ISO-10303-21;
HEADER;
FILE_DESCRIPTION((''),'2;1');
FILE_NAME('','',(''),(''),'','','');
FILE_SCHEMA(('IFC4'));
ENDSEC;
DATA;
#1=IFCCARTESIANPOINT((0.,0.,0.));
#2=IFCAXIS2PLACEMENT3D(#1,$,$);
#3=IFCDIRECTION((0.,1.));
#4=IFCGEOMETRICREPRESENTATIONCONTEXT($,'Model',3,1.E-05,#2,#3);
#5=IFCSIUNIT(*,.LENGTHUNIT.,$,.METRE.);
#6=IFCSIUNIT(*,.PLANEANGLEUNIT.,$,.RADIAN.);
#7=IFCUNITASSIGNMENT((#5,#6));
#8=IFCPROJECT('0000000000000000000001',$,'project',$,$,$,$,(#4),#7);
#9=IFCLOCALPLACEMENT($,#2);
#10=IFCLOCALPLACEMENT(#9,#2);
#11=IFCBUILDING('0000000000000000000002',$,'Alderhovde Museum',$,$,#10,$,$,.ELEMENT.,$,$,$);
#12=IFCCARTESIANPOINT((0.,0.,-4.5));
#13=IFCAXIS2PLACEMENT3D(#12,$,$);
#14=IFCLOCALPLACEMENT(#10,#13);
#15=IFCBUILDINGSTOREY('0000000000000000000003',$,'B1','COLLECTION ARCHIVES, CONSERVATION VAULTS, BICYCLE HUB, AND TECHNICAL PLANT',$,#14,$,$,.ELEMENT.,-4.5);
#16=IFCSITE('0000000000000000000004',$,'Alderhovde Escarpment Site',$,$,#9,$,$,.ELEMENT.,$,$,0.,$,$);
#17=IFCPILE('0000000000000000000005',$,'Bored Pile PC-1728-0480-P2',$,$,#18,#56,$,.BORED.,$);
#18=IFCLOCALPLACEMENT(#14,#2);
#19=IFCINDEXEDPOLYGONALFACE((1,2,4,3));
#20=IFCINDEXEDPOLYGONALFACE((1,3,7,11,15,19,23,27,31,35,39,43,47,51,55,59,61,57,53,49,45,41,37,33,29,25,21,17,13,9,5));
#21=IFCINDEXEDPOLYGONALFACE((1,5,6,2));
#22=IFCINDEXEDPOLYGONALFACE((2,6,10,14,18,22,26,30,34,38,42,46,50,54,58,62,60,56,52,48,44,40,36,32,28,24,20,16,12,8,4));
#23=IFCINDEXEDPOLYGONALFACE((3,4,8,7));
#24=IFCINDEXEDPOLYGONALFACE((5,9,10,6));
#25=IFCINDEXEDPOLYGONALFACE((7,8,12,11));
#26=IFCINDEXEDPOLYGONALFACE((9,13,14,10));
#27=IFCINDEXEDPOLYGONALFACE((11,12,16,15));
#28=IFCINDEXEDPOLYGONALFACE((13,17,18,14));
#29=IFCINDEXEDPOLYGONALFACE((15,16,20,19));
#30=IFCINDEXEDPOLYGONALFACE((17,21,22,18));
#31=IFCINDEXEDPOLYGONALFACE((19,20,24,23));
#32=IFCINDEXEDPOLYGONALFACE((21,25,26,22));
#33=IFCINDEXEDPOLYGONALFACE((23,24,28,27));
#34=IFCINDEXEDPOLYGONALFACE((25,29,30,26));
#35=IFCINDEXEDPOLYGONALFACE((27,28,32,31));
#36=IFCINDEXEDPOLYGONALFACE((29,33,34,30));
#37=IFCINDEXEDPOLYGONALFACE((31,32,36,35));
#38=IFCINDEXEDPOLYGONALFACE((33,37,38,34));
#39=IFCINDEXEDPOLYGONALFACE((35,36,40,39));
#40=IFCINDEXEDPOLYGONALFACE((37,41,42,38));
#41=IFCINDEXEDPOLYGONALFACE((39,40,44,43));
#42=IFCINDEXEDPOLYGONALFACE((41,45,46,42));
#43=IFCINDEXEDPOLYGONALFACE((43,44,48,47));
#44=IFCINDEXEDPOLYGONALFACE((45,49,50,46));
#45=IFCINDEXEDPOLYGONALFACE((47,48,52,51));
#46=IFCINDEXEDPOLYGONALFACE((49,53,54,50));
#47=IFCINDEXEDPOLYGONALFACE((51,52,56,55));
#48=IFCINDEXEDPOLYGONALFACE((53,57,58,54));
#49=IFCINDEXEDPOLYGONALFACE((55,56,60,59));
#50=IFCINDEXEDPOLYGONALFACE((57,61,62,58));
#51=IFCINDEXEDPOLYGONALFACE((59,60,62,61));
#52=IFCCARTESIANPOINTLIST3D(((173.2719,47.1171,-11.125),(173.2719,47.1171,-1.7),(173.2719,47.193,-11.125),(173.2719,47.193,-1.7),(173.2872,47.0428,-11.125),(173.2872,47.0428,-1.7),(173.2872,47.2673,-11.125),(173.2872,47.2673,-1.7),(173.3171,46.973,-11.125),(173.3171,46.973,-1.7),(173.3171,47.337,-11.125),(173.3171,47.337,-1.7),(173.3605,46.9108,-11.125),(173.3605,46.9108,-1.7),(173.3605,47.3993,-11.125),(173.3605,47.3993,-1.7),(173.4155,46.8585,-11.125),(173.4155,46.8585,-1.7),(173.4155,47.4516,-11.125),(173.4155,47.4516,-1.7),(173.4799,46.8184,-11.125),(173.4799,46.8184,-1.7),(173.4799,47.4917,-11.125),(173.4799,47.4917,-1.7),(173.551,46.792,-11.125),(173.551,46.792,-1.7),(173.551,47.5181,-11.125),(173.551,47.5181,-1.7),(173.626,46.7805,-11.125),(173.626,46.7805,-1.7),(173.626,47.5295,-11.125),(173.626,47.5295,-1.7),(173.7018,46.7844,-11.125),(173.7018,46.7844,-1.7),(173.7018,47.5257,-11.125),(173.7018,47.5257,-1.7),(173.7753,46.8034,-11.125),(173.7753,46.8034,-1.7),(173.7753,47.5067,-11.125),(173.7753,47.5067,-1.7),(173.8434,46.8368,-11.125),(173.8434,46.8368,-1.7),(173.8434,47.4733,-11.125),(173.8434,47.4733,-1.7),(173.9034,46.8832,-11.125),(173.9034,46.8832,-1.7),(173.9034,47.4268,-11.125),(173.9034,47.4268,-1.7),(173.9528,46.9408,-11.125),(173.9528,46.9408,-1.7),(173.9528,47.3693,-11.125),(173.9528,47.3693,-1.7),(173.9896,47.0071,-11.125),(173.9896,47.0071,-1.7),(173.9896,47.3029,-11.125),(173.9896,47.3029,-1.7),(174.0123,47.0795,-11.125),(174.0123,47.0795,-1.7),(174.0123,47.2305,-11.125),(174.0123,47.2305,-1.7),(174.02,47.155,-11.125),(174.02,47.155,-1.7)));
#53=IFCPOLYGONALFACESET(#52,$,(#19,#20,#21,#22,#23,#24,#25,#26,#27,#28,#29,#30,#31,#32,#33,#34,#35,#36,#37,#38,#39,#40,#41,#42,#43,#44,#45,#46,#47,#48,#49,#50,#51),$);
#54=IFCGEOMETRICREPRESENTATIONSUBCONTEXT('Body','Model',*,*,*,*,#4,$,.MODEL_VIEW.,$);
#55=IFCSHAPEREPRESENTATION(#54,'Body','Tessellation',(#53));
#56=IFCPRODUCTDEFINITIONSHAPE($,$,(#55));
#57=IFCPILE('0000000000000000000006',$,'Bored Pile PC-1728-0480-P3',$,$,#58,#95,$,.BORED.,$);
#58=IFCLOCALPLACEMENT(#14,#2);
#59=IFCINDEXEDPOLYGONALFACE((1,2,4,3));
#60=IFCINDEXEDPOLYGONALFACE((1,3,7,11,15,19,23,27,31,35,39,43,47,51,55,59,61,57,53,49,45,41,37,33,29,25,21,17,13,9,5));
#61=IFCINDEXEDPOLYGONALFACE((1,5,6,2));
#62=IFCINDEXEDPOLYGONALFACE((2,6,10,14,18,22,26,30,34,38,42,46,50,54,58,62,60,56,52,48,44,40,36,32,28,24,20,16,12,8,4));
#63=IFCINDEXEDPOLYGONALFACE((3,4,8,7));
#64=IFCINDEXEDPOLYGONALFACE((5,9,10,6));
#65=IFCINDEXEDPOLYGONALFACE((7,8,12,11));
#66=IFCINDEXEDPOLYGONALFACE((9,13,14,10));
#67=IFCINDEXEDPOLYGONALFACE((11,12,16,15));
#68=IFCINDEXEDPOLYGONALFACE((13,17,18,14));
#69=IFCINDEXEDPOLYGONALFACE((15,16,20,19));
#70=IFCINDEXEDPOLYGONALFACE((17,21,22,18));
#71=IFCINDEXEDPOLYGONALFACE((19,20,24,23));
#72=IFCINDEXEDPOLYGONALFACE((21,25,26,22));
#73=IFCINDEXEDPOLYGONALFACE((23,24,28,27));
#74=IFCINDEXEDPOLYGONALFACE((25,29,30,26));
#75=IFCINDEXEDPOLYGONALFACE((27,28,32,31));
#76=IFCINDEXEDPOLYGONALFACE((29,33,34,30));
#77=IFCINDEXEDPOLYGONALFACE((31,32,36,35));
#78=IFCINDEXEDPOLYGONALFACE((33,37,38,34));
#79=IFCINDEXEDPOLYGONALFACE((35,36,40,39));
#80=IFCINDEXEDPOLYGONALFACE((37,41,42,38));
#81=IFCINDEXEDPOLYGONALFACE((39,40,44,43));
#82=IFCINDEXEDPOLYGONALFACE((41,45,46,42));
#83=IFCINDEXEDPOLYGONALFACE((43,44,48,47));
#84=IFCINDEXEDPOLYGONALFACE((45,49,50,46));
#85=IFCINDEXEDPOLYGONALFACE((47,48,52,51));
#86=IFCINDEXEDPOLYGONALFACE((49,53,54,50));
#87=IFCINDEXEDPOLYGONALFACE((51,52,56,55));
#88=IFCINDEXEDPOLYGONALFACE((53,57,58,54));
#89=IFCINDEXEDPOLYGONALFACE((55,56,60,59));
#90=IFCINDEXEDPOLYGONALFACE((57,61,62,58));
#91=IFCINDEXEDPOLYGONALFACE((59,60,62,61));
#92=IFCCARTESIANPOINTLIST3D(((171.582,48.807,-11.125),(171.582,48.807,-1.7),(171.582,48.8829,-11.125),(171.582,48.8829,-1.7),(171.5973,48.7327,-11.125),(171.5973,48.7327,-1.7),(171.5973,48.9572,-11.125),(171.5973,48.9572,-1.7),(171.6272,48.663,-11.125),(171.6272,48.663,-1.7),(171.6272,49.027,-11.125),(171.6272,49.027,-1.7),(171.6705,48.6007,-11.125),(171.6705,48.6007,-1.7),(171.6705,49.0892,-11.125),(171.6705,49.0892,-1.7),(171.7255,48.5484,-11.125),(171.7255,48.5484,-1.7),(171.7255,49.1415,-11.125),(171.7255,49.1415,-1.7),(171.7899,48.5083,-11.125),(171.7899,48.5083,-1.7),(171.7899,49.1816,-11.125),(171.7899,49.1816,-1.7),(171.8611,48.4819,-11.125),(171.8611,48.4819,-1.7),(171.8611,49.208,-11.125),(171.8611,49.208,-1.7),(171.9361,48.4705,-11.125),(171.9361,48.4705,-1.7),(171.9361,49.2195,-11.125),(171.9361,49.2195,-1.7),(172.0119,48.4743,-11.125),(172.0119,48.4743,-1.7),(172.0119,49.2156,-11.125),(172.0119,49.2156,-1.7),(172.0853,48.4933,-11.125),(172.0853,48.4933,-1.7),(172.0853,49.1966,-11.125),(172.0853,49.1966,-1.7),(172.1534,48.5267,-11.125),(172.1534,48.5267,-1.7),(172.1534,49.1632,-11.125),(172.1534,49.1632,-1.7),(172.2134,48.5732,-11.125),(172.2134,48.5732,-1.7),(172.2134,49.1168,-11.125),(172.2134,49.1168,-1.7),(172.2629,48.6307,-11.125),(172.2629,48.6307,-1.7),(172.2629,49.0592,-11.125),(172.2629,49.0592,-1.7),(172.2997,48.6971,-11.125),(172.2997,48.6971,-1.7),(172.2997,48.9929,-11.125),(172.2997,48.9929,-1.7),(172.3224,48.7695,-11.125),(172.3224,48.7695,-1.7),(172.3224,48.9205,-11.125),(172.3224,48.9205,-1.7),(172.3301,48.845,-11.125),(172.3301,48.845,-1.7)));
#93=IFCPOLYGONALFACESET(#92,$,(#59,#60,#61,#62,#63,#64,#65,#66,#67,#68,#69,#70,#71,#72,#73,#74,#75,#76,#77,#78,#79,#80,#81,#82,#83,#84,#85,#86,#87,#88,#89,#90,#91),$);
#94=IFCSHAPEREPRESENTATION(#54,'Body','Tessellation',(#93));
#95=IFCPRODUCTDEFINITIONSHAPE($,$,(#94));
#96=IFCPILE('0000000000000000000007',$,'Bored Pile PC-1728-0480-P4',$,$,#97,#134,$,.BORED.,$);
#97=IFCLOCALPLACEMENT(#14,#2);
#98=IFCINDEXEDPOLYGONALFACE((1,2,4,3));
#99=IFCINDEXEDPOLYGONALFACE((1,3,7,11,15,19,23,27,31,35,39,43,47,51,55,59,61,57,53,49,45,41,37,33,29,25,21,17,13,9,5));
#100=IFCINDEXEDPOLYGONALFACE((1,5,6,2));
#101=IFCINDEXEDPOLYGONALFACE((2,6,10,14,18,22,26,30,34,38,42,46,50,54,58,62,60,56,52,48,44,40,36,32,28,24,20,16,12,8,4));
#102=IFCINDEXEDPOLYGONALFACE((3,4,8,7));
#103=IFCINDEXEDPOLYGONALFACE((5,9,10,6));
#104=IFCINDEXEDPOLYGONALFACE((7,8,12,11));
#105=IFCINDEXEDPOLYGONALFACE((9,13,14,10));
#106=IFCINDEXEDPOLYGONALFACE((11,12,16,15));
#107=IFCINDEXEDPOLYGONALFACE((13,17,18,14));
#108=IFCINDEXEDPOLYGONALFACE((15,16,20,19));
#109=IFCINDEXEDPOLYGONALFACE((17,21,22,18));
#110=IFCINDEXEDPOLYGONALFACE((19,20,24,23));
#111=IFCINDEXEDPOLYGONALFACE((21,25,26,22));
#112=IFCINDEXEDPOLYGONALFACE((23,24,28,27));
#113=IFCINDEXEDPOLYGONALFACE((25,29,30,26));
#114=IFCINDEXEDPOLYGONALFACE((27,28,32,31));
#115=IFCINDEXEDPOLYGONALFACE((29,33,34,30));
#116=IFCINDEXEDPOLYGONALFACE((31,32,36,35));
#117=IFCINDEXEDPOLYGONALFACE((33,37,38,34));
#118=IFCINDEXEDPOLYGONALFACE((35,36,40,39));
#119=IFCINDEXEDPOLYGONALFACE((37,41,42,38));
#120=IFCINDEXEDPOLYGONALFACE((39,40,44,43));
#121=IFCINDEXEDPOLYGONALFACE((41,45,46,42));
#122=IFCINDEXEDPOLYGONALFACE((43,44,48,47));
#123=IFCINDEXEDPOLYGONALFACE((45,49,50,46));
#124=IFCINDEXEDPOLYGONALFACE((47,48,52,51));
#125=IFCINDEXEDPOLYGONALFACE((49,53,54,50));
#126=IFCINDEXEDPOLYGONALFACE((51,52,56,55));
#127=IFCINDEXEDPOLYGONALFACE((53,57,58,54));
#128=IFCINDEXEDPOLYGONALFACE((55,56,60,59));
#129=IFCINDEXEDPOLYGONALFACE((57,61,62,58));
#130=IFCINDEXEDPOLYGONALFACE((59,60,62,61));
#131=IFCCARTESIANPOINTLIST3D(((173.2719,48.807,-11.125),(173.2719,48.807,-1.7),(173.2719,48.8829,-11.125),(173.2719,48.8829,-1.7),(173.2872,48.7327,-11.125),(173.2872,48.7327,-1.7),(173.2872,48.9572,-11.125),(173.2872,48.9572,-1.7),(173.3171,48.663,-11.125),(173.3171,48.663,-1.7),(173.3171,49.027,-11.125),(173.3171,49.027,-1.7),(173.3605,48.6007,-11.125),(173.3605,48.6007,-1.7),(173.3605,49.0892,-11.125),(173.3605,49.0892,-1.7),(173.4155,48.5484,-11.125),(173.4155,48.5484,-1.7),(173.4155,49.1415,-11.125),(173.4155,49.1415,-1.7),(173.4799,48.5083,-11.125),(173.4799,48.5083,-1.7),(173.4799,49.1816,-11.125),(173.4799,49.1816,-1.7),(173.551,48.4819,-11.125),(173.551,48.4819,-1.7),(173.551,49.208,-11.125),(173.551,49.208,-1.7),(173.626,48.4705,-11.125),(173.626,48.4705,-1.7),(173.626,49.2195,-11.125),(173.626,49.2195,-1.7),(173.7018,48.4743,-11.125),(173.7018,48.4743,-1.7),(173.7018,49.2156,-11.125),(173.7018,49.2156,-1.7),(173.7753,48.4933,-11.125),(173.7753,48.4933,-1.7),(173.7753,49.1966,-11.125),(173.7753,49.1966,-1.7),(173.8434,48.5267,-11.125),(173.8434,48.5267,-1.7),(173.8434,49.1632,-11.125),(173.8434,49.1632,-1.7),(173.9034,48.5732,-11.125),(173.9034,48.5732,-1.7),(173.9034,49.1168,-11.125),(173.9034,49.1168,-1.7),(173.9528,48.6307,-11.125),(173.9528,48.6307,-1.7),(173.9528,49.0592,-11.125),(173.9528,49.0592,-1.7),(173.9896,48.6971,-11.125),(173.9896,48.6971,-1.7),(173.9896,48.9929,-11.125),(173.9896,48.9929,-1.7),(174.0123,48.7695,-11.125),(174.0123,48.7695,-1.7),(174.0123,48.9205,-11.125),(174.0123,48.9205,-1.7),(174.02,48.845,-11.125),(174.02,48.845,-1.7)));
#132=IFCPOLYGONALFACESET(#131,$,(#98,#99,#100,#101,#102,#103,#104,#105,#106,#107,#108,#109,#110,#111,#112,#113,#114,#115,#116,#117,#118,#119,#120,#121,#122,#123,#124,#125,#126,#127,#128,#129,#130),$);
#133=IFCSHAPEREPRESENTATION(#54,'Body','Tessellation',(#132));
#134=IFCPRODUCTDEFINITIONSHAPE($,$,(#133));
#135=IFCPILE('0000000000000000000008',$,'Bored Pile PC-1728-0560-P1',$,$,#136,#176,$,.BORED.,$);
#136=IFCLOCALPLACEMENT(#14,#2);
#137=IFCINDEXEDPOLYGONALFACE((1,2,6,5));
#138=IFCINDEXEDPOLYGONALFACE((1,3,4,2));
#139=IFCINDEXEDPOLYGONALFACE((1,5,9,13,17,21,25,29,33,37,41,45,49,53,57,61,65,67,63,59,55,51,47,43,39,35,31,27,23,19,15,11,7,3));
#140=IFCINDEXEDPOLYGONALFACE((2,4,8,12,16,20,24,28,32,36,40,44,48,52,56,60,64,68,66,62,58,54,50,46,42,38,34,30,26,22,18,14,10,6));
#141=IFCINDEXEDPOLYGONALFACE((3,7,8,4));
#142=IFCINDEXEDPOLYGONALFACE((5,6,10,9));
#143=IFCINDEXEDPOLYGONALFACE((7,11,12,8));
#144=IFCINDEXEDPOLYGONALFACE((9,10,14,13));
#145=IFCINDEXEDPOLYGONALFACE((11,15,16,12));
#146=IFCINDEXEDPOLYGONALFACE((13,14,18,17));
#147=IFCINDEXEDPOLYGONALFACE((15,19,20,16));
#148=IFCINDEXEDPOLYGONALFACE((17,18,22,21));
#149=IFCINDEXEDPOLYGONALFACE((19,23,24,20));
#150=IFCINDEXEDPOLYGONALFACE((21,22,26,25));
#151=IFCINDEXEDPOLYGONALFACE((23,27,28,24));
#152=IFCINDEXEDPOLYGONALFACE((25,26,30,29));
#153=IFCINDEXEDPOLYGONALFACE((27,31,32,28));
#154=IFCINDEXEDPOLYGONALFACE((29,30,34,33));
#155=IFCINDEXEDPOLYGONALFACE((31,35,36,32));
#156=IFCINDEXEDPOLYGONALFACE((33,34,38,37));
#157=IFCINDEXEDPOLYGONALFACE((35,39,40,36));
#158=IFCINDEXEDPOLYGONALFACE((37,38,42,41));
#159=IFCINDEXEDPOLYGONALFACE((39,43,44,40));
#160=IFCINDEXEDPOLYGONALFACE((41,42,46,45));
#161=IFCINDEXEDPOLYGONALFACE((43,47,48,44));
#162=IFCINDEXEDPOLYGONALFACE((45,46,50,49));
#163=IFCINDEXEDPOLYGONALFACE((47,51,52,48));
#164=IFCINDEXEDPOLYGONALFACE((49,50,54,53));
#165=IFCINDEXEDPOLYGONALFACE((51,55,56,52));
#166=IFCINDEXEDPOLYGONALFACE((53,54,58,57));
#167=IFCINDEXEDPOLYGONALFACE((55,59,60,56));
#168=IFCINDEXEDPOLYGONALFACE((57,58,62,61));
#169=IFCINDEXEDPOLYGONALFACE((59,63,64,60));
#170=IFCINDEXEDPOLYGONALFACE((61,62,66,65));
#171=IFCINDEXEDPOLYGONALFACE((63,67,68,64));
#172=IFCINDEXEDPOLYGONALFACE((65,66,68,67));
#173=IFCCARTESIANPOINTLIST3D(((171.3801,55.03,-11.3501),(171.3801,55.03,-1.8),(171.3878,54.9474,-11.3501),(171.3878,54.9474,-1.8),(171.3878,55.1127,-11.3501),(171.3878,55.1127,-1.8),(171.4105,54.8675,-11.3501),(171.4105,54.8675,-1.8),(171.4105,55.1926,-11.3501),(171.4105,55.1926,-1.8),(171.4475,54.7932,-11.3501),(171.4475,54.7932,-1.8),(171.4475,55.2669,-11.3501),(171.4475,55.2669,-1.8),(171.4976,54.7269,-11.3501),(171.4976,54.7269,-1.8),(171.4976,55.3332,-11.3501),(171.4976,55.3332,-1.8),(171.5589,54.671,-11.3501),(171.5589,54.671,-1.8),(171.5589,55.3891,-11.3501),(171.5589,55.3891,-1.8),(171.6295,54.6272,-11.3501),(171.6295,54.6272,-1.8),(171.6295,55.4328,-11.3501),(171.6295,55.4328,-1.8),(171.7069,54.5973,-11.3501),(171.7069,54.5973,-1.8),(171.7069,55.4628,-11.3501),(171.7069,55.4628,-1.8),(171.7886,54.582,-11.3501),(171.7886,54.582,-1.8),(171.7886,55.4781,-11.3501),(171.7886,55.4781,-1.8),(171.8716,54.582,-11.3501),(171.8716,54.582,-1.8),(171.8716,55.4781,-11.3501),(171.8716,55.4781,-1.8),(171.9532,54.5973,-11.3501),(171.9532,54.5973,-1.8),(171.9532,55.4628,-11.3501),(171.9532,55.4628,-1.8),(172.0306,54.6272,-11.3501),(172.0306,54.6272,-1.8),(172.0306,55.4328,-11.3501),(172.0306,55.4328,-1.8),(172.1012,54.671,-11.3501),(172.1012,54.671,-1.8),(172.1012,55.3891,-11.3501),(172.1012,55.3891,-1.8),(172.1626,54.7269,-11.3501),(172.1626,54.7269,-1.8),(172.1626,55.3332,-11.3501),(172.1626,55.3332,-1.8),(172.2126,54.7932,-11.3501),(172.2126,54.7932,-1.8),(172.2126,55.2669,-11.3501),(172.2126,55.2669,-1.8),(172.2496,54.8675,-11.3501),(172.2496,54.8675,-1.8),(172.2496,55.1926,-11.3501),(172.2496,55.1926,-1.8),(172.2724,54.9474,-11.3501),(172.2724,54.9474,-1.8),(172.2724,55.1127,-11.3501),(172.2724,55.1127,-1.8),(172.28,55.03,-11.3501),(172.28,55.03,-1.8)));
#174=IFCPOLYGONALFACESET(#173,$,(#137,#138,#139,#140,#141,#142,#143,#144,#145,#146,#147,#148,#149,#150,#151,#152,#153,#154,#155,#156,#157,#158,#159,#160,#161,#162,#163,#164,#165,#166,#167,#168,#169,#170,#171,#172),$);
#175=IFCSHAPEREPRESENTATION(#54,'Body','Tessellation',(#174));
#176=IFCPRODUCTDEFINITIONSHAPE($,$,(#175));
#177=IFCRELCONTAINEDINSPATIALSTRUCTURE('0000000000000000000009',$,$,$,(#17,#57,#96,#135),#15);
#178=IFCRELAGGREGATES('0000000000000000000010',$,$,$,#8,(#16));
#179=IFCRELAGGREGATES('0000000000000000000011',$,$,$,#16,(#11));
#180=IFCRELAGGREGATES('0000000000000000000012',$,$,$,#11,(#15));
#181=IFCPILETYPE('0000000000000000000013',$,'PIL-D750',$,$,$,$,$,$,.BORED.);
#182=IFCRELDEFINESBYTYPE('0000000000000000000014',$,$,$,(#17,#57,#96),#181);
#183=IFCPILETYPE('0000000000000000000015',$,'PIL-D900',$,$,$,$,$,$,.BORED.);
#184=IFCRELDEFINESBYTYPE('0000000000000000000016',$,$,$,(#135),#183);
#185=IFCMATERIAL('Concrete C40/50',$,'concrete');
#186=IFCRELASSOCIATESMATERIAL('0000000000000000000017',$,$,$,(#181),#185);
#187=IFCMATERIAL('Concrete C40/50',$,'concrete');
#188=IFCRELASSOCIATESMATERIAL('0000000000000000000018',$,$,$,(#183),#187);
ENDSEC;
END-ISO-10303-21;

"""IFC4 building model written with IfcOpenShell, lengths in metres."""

from ifc_helpers import new_model, si_unit, direction, frame, origin, origin_2d, place, context, subcontext, project, spatial, circle, extrude, material, material_profile, profile_set, type_object, element, save


model = new_model("IFC4")

# Units and contexts
model_context = context("Model", 3, precision=1e-05, world=origin(), true_north=direction((0.0, 1.0)))
body_context = subcontext(model_context, "Body", "Model", "MODEL_VIEW")
ifc_project = project(units=[si_unit("LENGTHUNIT", "METRE"), si_unit("PLANEANGLEUNIT", "RADIAN")], contexts=[model_context])

# Site, building, storey
site_placement = place(None, origin())
site = spatial("IfcSite", under=ifc_project, at=site_placement, Name="Alderhovde Escarpment Site", CompositionType="ELEMENT", RefElevation=0.0)
building_placement = place(site_placement, origin())
building = spatial("IfcBuilding", under=site, at=building_placement, Name="Alderhovde Museum", CompositionType="ELEMENT")
storey_placement = place(building_placement, frame((0.0, 0.0, -4.5)))
storey = spatial("IfcBuildingStorey", under=building, at=storey_placement, Name="B1", Description="COLLECTION ARCHIVES, CONSERVATION VAULTS, BICYCLE HUB, AND TECHNICAL PLANT", CompositionType="ELEMENT", Elevation=-4.5)

# Piles
ifc_material_1 = material(Name="Concrete C40/50", Category="concrete")
ifc_material_profile_1 = material_profile(ifc_material_1, circle(Radius=0.375, at=origin_2d()), Name="PILE-D750")
ifc_profile_set_1 = profile_set([ifc_material_profile_1], Name="Concrete C40/50")
pile_type_1 = type_object("IfcPileType", Name="PIL-D750", PredefinedType="BORED", material=ifc_profile_set_1)
for number, where, z_axis, x_axis, name in (
    (1, (173.645, 47.155, -1.7), (0.0, 0.0, -1.0), (1.0, 0.0, 0.0), "Bored Pile PC-1728-0480-P2"),
    (2, (171.9551, 48.845, -1.7), (0.0, 0.0, -1.0), (1.0, 0.0, 0.0), "Bored Pile PC-1728-0480-P3"),
    (3, (173.645, 48.845, -1.7), (0.0, 0.0, -1.0), (1.0, 0.0, 0.0), "Bored Pile PC-1728-0480-P4"),
):
    element("IfcPile", number, at=place(storey_placement, frame(where, z_axis=z_axis, x_axis=x_axis)), inside=storey, type_object=pile_type_1, Name=name, PredefinedType="BORED", context=body_context, shape_type="SweptSolid", body=[
        extrude(circle(Radius=0.375, at=origin_2d()), origin(), (0.0, 0.0, 1.0), 9.425),
    ])
ifc_material_2 = material(Name="Concrete C40/50", Category="concrete")
ifc_material_profile_2 = material_profile(ifc_material_2, circle(Radius=0.45, at=origin_2d()), Name="PILE-D900")
ifc_profile_set_2 = profile_set([ifc_material_profile_2], Name="Concrete C40/50")
pile_type_2 = type_object("IfcPileType", Name="PIL-D900", PredefinedType="BORED", material=ifc_profile_set_2)
for number, where, z_axis, x_axis, name in (
    (4, (171.8301, 55.03, -1.8), (0.0, 0.0, -1.0), (1.0, 0.0, 0.0), "Bored Pile PC-1728-0560-P1"),
):
    element("IfcPile", number, at=place(storey_placement, frame(where, z_axis=z_axis, x_axis=x_axis)), inside=storey, type_object=pile_type_2, Name=name, PredefinedType="BORED", context=body_context, shape_type="SweptSolid", body=[
        extrude(circle(Radius=0.45, at=origin_2d()), origin(), (0.0, 0.0, 1.0), 9.55),
    ])

save(model, "model.ifc")
